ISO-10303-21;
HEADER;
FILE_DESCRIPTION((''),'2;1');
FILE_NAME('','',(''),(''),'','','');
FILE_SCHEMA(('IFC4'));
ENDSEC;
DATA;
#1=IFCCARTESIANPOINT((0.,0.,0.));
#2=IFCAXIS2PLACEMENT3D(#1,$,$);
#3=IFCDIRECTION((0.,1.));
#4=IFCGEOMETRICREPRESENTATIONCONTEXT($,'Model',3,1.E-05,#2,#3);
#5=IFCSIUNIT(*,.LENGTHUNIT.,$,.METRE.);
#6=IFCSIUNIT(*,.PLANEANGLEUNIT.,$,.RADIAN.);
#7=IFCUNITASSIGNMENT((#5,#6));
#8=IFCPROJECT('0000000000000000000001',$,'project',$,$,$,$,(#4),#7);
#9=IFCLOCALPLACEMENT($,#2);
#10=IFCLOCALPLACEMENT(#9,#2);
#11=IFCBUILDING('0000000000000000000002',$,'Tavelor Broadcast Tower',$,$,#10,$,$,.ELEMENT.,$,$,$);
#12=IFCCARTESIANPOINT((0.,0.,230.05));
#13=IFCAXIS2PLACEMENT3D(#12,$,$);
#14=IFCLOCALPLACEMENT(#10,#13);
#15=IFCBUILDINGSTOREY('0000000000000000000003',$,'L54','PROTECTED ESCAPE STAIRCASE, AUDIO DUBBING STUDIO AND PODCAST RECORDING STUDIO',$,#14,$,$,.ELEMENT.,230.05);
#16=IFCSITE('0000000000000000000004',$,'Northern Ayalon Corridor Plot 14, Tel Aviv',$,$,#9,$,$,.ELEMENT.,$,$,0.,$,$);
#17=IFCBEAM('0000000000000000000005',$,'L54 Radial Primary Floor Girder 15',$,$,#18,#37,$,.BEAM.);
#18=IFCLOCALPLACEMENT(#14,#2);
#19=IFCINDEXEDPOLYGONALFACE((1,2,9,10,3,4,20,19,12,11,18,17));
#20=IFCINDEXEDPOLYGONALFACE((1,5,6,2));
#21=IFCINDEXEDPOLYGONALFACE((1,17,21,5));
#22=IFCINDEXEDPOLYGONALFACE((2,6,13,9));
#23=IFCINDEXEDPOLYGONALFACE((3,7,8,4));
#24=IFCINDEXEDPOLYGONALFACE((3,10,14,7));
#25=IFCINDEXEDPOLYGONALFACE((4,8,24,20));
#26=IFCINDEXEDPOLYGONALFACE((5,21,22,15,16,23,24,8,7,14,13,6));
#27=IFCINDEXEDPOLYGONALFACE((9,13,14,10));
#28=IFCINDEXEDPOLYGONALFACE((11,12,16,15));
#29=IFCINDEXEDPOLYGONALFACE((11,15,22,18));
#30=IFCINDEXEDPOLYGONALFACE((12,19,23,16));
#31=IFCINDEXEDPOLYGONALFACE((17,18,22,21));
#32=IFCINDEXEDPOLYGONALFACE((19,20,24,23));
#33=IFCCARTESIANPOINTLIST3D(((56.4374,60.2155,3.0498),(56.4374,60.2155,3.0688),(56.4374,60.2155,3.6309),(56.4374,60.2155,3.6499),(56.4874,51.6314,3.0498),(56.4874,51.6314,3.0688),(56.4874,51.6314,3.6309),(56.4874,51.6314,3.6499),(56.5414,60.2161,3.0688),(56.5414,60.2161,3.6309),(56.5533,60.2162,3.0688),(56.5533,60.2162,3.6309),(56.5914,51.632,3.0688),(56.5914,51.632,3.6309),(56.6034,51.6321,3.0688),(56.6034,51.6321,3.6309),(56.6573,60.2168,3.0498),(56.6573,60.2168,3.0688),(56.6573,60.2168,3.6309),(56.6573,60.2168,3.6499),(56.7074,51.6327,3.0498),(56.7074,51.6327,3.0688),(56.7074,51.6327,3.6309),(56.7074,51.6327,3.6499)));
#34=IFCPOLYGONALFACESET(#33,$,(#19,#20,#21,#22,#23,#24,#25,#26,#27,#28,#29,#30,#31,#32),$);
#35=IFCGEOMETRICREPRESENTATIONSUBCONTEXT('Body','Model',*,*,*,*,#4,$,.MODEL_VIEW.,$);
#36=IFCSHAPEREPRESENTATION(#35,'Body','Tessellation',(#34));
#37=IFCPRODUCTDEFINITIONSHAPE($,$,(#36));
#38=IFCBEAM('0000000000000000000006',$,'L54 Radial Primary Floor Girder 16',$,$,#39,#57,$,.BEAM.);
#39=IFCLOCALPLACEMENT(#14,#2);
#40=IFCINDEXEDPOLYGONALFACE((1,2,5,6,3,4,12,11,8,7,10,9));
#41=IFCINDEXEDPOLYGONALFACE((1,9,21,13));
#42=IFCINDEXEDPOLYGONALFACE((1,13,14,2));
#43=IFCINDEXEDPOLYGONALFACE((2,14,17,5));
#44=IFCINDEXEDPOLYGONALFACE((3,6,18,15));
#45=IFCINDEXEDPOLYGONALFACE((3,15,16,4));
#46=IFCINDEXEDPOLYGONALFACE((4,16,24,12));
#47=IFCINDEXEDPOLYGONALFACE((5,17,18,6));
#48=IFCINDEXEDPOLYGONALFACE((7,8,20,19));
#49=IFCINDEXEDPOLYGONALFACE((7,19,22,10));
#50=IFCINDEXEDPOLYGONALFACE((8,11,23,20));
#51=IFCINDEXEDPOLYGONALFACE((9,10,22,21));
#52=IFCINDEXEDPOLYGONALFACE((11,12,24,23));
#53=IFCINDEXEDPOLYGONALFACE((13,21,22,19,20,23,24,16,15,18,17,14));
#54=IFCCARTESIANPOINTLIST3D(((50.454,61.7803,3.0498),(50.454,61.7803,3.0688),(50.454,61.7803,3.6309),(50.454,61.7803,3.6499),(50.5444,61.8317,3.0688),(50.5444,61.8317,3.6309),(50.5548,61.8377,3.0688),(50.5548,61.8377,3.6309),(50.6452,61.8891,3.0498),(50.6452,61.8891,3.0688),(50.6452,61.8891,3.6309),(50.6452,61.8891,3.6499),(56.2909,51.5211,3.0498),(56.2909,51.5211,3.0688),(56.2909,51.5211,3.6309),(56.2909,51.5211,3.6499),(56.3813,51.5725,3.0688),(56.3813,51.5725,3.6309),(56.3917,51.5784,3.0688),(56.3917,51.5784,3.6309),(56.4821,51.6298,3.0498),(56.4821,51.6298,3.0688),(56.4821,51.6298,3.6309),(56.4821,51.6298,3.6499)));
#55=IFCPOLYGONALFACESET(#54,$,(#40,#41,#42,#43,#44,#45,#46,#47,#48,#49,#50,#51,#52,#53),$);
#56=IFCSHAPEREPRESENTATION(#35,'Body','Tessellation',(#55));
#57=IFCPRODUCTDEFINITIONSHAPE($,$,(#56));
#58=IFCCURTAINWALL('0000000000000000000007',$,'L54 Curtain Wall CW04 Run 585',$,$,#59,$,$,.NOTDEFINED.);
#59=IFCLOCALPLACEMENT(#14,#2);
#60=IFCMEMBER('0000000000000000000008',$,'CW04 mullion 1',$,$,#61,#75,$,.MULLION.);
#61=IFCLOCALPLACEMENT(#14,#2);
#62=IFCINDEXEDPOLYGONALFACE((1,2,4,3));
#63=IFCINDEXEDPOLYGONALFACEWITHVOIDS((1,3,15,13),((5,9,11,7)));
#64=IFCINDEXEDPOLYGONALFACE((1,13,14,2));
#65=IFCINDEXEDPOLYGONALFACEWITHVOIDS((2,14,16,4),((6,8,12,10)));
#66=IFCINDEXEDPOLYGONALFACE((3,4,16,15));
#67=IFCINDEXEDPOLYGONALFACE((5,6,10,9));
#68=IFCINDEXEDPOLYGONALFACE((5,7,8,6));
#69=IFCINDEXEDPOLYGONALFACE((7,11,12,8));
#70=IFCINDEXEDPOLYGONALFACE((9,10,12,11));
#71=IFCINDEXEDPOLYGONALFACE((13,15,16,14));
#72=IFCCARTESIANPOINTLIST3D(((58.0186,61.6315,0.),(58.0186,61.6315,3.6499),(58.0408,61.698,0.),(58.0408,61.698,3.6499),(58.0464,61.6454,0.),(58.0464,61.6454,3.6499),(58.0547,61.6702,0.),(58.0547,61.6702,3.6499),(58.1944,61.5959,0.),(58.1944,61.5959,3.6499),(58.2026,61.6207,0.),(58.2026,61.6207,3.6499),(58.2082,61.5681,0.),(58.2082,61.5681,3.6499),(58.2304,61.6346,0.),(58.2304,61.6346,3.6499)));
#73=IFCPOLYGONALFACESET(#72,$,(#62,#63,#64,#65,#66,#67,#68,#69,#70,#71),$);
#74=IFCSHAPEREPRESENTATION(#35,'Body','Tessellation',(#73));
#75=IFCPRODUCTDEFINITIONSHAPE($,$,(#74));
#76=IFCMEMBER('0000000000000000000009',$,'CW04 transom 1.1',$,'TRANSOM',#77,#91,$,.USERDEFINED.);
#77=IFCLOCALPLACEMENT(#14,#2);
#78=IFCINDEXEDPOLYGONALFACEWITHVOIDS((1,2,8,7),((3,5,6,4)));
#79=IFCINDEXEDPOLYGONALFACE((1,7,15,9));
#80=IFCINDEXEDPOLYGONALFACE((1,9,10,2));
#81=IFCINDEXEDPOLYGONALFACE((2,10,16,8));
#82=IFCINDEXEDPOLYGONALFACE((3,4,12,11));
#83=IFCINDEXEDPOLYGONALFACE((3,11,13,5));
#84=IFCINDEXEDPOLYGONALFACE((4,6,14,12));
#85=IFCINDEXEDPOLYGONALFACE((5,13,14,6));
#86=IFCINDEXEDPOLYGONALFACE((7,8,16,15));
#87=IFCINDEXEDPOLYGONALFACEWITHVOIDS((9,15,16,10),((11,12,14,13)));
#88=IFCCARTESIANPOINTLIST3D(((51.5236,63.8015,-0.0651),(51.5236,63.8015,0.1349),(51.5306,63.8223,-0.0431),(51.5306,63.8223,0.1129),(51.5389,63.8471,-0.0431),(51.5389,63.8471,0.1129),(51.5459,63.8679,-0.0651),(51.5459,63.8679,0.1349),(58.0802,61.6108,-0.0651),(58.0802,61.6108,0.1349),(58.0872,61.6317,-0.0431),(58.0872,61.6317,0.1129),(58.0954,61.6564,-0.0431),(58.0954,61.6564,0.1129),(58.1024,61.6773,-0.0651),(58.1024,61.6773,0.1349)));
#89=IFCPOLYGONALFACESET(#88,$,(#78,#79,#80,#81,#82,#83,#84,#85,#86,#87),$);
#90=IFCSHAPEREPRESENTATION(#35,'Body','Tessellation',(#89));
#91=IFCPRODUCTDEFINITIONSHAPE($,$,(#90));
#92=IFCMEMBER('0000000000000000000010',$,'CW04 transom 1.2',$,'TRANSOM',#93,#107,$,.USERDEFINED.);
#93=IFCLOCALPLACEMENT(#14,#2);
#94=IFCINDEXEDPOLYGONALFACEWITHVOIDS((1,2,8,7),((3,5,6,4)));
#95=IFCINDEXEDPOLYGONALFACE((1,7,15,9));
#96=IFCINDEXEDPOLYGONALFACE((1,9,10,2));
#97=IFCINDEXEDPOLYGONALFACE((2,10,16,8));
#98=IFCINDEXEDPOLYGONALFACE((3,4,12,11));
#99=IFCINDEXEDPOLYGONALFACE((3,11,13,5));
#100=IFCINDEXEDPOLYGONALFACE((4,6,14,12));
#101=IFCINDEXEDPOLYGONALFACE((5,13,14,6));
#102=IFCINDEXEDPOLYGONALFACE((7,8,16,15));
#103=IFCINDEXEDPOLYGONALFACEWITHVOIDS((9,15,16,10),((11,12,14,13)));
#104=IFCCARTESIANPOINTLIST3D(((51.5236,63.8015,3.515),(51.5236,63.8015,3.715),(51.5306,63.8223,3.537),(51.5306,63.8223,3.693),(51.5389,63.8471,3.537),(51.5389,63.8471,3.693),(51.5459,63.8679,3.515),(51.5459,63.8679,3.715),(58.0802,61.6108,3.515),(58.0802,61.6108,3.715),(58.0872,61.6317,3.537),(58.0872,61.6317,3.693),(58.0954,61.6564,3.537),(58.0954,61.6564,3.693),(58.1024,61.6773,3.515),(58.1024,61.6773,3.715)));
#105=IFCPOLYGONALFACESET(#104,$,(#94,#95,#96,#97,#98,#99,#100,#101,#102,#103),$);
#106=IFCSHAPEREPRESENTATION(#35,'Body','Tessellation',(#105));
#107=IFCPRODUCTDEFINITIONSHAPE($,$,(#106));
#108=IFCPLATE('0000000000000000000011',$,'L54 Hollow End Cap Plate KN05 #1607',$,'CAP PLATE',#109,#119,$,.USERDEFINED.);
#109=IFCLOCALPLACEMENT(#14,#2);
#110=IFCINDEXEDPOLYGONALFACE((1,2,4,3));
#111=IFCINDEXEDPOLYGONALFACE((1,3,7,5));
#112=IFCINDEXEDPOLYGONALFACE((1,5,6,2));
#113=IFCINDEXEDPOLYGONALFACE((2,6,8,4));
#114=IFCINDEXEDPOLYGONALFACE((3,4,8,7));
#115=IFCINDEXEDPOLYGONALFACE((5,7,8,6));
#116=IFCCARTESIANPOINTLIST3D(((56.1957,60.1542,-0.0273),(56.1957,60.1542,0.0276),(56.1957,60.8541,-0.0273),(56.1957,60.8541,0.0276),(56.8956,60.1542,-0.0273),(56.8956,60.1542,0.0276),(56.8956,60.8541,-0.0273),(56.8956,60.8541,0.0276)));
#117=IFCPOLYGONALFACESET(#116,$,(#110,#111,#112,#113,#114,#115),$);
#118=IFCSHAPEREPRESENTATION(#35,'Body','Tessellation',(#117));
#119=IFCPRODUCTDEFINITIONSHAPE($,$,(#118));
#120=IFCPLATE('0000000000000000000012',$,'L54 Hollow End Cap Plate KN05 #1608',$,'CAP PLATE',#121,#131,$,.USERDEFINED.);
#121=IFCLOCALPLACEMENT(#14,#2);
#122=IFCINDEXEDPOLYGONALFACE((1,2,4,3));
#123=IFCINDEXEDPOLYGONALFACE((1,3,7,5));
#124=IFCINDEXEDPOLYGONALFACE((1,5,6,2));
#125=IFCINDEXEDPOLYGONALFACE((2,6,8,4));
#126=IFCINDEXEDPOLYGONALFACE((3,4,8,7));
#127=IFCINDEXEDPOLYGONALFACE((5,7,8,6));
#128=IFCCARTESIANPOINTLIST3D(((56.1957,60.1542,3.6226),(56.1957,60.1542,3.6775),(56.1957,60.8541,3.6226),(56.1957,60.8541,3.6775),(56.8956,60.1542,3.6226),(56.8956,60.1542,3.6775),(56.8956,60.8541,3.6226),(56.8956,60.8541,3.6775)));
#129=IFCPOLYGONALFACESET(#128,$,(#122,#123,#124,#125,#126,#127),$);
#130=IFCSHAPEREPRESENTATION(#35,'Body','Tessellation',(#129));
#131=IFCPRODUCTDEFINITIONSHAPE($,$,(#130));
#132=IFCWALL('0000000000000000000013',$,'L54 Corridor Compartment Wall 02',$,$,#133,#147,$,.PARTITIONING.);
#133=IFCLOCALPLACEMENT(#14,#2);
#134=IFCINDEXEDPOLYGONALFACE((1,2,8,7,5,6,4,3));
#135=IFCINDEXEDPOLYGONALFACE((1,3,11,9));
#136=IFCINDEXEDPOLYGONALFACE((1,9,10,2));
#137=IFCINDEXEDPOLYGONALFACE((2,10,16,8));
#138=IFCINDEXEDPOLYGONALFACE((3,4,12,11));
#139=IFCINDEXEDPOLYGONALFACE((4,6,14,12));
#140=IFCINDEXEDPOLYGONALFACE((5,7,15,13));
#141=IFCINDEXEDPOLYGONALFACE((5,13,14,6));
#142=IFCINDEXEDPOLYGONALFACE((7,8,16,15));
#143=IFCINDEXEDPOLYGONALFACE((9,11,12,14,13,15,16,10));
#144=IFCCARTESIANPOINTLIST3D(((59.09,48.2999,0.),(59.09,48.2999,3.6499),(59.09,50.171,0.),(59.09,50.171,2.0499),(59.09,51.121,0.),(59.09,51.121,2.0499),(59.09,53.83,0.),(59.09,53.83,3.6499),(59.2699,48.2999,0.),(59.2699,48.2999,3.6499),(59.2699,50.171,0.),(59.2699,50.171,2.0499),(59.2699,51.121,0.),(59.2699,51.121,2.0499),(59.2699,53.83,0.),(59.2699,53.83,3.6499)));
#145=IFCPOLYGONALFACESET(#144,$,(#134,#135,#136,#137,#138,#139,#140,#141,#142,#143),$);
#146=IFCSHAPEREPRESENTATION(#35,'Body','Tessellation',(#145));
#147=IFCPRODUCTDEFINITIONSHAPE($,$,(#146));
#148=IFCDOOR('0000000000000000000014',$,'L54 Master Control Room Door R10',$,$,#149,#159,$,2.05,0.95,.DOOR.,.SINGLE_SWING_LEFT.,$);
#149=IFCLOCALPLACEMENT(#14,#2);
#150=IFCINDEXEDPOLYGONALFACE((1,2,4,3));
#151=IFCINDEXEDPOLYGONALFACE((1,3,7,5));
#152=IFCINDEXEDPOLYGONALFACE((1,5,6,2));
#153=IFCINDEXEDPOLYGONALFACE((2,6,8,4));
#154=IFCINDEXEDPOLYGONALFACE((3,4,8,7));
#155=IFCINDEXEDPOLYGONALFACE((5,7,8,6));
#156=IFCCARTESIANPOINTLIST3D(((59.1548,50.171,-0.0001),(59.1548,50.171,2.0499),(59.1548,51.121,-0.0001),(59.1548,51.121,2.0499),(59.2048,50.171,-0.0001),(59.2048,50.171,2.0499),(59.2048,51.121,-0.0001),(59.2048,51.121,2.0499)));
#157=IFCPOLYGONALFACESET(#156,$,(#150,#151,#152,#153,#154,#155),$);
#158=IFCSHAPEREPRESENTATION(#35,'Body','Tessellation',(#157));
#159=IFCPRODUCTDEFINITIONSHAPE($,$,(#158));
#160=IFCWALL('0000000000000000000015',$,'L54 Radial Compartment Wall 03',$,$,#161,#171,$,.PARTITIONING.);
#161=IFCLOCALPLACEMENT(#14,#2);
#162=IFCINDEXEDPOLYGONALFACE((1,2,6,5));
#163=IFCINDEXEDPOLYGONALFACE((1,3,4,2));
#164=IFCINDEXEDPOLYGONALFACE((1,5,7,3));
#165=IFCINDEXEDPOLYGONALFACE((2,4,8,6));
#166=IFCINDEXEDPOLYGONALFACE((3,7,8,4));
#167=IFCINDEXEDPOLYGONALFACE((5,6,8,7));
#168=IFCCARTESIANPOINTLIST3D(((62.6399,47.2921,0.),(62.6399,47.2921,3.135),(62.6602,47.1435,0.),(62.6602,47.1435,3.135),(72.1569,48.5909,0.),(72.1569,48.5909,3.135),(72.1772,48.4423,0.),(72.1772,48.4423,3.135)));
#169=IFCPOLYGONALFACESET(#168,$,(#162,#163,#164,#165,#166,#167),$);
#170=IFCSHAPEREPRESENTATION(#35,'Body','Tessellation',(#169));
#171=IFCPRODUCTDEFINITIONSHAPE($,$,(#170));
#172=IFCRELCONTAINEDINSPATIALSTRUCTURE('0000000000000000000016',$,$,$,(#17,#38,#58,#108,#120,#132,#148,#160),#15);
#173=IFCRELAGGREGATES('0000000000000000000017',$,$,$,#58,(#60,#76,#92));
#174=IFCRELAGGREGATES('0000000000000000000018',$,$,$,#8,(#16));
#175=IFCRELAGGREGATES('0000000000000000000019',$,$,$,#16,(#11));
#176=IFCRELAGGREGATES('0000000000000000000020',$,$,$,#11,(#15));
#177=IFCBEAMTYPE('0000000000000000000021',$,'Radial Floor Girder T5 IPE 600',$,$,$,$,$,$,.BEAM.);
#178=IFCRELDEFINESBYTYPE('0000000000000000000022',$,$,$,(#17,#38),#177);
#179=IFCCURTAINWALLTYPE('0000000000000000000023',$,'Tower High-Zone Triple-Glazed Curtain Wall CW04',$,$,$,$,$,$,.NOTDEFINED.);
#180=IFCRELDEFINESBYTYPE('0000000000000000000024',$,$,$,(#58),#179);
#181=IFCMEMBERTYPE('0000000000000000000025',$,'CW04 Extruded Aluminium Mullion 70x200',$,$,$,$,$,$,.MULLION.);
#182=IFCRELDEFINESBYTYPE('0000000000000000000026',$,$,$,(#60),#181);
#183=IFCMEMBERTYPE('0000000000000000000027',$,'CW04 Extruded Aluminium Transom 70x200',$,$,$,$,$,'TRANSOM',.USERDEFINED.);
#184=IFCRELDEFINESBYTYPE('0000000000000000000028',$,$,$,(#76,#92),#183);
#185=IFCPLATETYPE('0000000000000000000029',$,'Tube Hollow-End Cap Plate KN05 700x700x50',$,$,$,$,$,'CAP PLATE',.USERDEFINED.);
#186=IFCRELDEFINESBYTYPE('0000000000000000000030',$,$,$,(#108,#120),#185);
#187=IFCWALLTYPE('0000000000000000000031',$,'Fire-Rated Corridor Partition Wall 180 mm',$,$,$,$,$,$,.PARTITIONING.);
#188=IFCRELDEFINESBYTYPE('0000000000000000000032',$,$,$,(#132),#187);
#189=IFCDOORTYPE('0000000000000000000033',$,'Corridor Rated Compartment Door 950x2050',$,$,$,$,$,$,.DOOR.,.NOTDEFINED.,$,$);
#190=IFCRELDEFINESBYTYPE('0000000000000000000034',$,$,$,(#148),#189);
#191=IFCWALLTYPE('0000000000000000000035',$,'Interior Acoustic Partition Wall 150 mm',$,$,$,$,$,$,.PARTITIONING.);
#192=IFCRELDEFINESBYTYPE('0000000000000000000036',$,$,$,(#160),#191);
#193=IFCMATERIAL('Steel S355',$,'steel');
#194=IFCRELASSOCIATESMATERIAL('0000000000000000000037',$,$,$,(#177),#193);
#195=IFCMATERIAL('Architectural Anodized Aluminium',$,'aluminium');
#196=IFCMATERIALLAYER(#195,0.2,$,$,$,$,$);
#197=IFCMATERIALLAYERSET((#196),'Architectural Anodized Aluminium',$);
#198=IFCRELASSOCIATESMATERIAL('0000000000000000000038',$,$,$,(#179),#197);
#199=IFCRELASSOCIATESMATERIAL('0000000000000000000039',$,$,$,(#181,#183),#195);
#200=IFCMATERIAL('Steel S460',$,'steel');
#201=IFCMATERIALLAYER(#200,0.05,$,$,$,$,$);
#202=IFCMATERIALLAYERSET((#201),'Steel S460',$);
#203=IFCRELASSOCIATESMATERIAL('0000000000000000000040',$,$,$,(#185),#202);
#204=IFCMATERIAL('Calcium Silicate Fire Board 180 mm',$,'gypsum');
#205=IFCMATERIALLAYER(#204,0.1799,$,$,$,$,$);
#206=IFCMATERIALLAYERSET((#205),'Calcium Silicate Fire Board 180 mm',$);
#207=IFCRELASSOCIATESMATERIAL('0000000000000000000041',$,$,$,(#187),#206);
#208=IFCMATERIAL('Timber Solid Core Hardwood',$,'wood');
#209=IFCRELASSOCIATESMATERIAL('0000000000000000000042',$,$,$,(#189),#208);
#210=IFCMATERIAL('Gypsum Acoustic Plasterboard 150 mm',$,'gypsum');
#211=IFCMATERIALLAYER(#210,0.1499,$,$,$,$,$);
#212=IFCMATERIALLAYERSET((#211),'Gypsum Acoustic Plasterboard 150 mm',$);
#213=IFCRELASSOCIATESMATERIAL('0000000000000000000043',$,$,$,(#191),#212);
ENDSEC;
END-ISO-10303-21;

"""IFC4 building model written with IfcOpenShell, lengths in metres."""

from ifc_helpers import new_model, si_unit, direction, frame, frame_2d, origin, origin_2d, place, context, subcontext, project, spatial, rectangle, hollow_rectangle, i_section, extrude, source, transform, mapped, material, layer, layer_set, material_profile, profile_set, type_object, type_shapes, element, fill, aggregate, save


model = new_model("IFC4")

# Units and contexts
model_context = context("Model", 3, precision=1e-05, world=origin(), true_north=direction((0.0, 1.0)))
body_context = subcontext(model_context, "Body", "Model", "MODEL_VIEW")
ifc_project = project(units=[si_unit("LENGTHUNIT", "METRE"), si_unit("PLANEANGLEUNIT", "RADIAN")], contexts=[model_context])

# Site, building, storey
site_placement = place(None, origin())
site = spatial("IfcSite", under=ifc_project, at=site_placement, Name="Northern Ayalon Corridor Plot 14, Tel Aviv", CompositionType="ELEMENT", RefElevation=0.0)
building_placement = place(site_placement, origin())
building = spatial("IfcBuilding", under=site, at=building_placement, Name="Tavelor Broadcast Tower", CompositionType="ELEMENT")
storey_placement = place(building_placement, frame((0.0, 0.0, 230.05)))
storey = spatial("IfcBuildingStorey", under=building, at=storey_placement, Name="L54", Description="PROTECTED ESCAPE STAIRCASE, AUDIO DUBBING STUDIO AND PODCAST RECORDING STUDIO", CompositionType="ELEMENT", Elevation=230.05)

# Shared definitions
ifc_material_1 = material(Name="Steel S460", Category="steel")

# Beams
ifc_material_2 = material(Name="Steel S355", Category="steel")
ifc_material_profile_1 = material_profile(ifc_material_2, i_section(OverallWidth=0.22, OverallDepth=0.6001, WebThickness=0.012, FlangeThickness=0.019, at=origin_2d()), Name="IPE 600")
ifc_profile_set_1 = profile_set([ifc_material_profile_1], Name="Steel S355")
beam_type_1 = type_object("IfcBeamType", Name="Radial Floor Girder T5 IPE 600", PredefinedType="BEAM", material=ifc_profile_set_1)
beam_1_placement = place(storey_placement, frame((56.5974, 51.6321, 3.3499), z_axis=(-0.00583, 0.999983, 0.0), x_axis=(-0.999983, -0.00583, 0.0)))
element("IfcBeam", 1, at=beam_1_placement, inside=storey, type_object=beam_type_1, Name="L54 Radial Primary Floor Girder 15", PredefinedType="BEAM", context=body_context, shape_type="SweptSolid", body=[
    extrude(i_section(OverallWidth=0.22, OverallDepth=0.6001, WebThickness=0.012, FlangeThickness=0.019, at=origin_2d()), origin(), (0.0, 0.0, 1.0), 8.5842),
])
beam_2_placement = place(storey_placement, frame((56.3865, 51.5754, 3.3499), z_axis=(-0.494508, 0.869173, 0.0), x_axis=(-0.869173, -0.494508, 0.0)))
element("IfcBeam", 2, at=beam_2_placement, inside=storey, type_object=beam_type_1, Name="L54 Radial Primary Floor Girder 16", PredefinedType="BEAM", context=body_context, shape_type="SweptSolid", body=[
    extrude(i_section(OverallWidth=0.22, OverallDepth=0.6001, WebThickness=0.012, FlangeThickness=0.019, at=origin_2d()), origin(), (0.0, 0.0, 1.0), 11.8035),
])

# Curtain wall, members
ifc_material_3 = material(Name="Architectural Anodized Aluminium", Category="aluminium")
ifc_layer_1 = layer(ifc_material_3, 0.2)
ifc_layer_set_1 = layer_set([ifc_layer_1], Name="Architectural Anodized Aluminium")
curtain_wall_type = type_object("IfcCurtainWallType", Name="Tower High-Zone Triple-Glazed Curtain Wall CW04", PredefinedType="NOTDEFINED", material=ifc_layer_set_1)
curtain_wall_placement = place(storey_placement, origin())
curtain_wall = element("IfcCurtainWall", 3, at=curtain_wall_placement, inside=storey, type_object=curtain_wall_type, Name="L54 Curtain Wall CW04 Run 585", PredefinedType="NOTDEFINED")
ifc_material_profile_2 = material_profile(ifc_material_3, hollow_rectangle(XDim=0.0701, YDim=0.2, WallThickness=0.022, at=origin_2d()), Name="RHS 70x200x22")
ifc_profile_set_2 = profile_set([ifc_material_profile_2], Name="Architectural Anodized Aluminium")
member_type_1 = type_object("IfcMemberType", Name="CW04 Extruded Aluminium Mullion 70x200", PredefinedType="MULLION", material=ifc_profile_set_2)
shared_shape_1 = source(origin(), body_context, "Body", "SweptSolid", [
    extrude(hollow_rectangle(XDim=0.0701, YDim=0.2, WallThickness=0.022, at=origin_2d()), origin(), (0.0, 0.0, 1.0), 3.6499),
])
type_shapes(member_type_1, [shared_shape_1])
member_1_placement = place(storey_placement, frame((58.1245, 61.6331, 0.0), z_axis=(0.0, 0.0, 1.0), x_axis=(-0.3169, -0.948459, 0.0)))
member_1 = element("IfcMember", 4, at=member_1_placement, type_object=member_type_1, Name="CW04 mullion 1", PredefinedType="MULLION", context=body_context, shape_type="MappedRepresentation", body=[
    mapped(shared_shape_1, transform((0.0, 0.0, 0.0), scale=1.0)),
])
ifc_material_profile_3 = material_profile(ifc_material_3, hollow_rectangle(XDim=0.0701, YDim=0.2, WallThickness=0.022, at=origin_2d()), Name="RHS 70x200x22")
ifc_profile_set_3 = profile_set([ifc_material_profile_3], Name="Architectural Anodized Aluminium")
member_type_2 = type_object("IfcMemberType", Name="CW04 Extruded Aluminium Transom 70x200", ElementType="TRANSOM", PredefinedType="USERDEFINED", material=ifc_profile_set_3)
shared_shape_2 = source(origin(), body_context, "Body", "SweptSolid", [
    extrude(hollow_rectangle(XDim=0.0701, YDim=0.2, WallThickness=0.022, at=origin_2d()), origin(), (0.0, 0.0, 1.0), 6.9128),
])
type_shapes(member_type_2, [shared_shape_2])
member_2_placement = place(storey_placement, frame((58.0913, 61.644, 0.0349), z_axis=(-0.948461, 0.316895, 0.0), x_axis=(-0.316895, -0.948461, 0.0)))
member_2 = element("IfcMember", 5, at=member_2_placement, type_object=member_type_2, Name="CW04 transom 1.1", ObjectType="TRANSOM", PredefinedType="USERDEFINED", context=body_context, shape_type="MappedRepresentation", body=[
    mapped(shared_shape_2, transform((0.0, 0.0, 0.0), scale=1.0)),
])
member_3_placement = place(storey_placement, frame((58.0913, 61.644, 3.615), z_axis=(-0.948461, 0.316895, 0.0), x_axis=(-0.316895, -0.948461, 0.0)))
member_3 = element("IfcMember", 6, at=member_3_placement, type_object=member_type_2, Name="CW04 transom 1.2", ObjectType="TRANSOM", PredefinedType="USERDEFINED", context=body_context, shape_type="MappedRepresentation", body=[
    mapped(shared_shape_2, transform((0.0, 0.0, 0.0), scale=1.0)),
])
aggregate(curtain_wall, [member_1, member_2, member_3])

# Plates
ifc_layer_2 = layer(ifc_material_1, 0.05)
ifc_layer_set_2 = layer_set([ifc_layer_2], Name="Steel S460")
plate_type = type_object("IfcPlateType", Name="Tube Hollow-End Cap Plate KN05 700x700x50", ElementType="CAP PLATE", PredefinedType="USERDEFINED", material=ifc_layer_set_2)
shared_shape_3 = source(origin(), body_context, "Body", "SweptSolid", [
    extrude(rectangle(XDim=0.7, YDim=0.7, at=origin_2d()), origin(), (0.0, 0.0, 1.0), 0.0549),
])
type_shapes(plate_type, [shared_shape_3])
for number, where, z_axis, x_axis, name in (
    (7, (56.5457, 60.5042, -0.0273), (0.0, 0.0, 1.0), (1.0, 0.0, 0.0), "L54 Hollow End Cap Plate KN05 #1607"),
    (8, (56.5457, 60.5042, 3.6226), (0.0, 0.0, 1.0), (1.0, 0.0, 0.0), "L54 Hollow End Cap Plate KN05 #1608"),
):
    element("IfcPlate", number, at=place(storey_placement, frame(where, z_axis=z_axis, x_axis=x_axis)), inside=storey, type_object=plate_type, Name=name, ObjectType="CAP PLATE", PredefinedType="USERDEFINED", context=body_context, shape_type="MappedRepresentation", body=[
        mapped(shared_shape_3, transform((0.0, 0.0, 0.0), scale=1.0)),
    ])

# Wall, opening, door
ifc_material_4 = material(Name="Calcium Silicate Fire Board 180 mm", Category="gypsum")
ifc_layer_3 = layer(ifc_material_4, 0.1799)
ifc_layer_set_3 = layer_set([ifc_layer_3], Name="Calcium Silicate Fire Board 180 mm")
wall_type_1 = type_object("IfcWallType", Name="Fire-Rated Corridor Partition Wall 180 mm", PredefinedType="PARTITIONING", material=ifc_layer_set_3)
wall_1_placement = place(storey_placement, frame((59.1799, 53.8301, 0.0), z_axis=(0.0, 0.0, 1.0), x_axis=(0.0, -1.0, 0.0)))
wall_1 = element("IfcWall", 9, at=wall_1_placement, inside=storey, type_object=wall_type_1, Name="L54 Corridor Compartment Wall 02", PredefinedType="PARTITIONING", context=body_context, shape_type="SweptSolid", body=[
    extrude(rectangle(XDim=5.53, YDim=0.1799, at=frame_2d((2.7651, 0.0))), origin(), (0.0, 0.0, 1.0), 3.6499),
])
opening_1_placement = place(wall_1_placement, frame((2.709, 0.0, 0.0)))
opening_1 = element("IfcOpeningElement", 10, at=opening_1_placement, cuts=wall_1, PredefinedType="OPENING", context=body_context, shape_type="SweptSolid", body=[
    extrude(rectangle(XDim=0.95, YDim=2.05, at=frame_2d((0.4751, 1.0249))), frame((0.0, 0.1001, 0.0), z_axis=(0.0, -1.0, 0.0), x_axis=(1.0, 0.0, 0.0)), (0.0, 0.0, 1.0), 0.2),
])
ifc_material_5 = material(Name="Timber Solid Core Hardwood", Category="wood")
door_type = type_object("IfcDoorType", Name="Corridor Rated Compartment Door 950x2050", OperationType="NOTDEFINED", PredefinedType="DOOR", material=ifc_material_5)
door_1_placement = place(opening_1_placement, origin())
door_1 = element("IfcDoor", 11, at=door_1_placement, inside=storey, type_object=door_type, Name="L54 Master Control Room Door R10", OperationType="SINGLE_SWING_LEFT", OverallHeight=2.05, OverallWidth=0.95, PredefinedType="DOOR", context=body_context, shape_type="SweptSolid", body=[
    extrude(rectangle(XDim=0.95, YDim=2.05, at=frame_2d((0.4751, 1.0249))), frame((0.0, 0.0249, 0.0), z_axis=(0.0, -1.0, 0.0), x_axis=(1.0, 0.0, 0.0)), (0.0, 0.0, 1.0), 0.05),
])
fill(opening_1, door_1)

# Wall
ifc_material_6 = material(Name="Gypsum Acoustic Plasterboard 150 mm", Category="gypsum")
ifc_layer_4 = layer(ifc_material_6, 0.1499)
ifc_layer_set_4 = layer_set([ifc_layer_4], Name="Gypsum Acoustic Plasterboard 150 mm")
wall_type_2 = type_object("IfcWallType", Name="Interior Acoustic Partition Wall 150 mm", PredefinedType="PARTITIONING", material=ifc_layer_set_4)
wall_2_placement = place(storey_placement, frame((62.6499, 47.2178, 0.0), z_axis=(0.0, 0.0, 1.0), x_axis=(0.990816, 0.13522, 0.0)))
element("IfcWall", 12, at=wall_2_placement, inside=storey, type_object=wall_type_2, Name="L54 Radial Compartment Wall 03", PredefinedType="PARTITIONING", context=body_context, shape_type="SweptSolid", body=[
    extrude(rectangle(XDim=9.6052, YDim=0.1499, at=frame_2d((4.8027, 0.0))), origin(), (0.0, 0.0, 1.0), 3.135),
])

save(model, "model.ifc")
